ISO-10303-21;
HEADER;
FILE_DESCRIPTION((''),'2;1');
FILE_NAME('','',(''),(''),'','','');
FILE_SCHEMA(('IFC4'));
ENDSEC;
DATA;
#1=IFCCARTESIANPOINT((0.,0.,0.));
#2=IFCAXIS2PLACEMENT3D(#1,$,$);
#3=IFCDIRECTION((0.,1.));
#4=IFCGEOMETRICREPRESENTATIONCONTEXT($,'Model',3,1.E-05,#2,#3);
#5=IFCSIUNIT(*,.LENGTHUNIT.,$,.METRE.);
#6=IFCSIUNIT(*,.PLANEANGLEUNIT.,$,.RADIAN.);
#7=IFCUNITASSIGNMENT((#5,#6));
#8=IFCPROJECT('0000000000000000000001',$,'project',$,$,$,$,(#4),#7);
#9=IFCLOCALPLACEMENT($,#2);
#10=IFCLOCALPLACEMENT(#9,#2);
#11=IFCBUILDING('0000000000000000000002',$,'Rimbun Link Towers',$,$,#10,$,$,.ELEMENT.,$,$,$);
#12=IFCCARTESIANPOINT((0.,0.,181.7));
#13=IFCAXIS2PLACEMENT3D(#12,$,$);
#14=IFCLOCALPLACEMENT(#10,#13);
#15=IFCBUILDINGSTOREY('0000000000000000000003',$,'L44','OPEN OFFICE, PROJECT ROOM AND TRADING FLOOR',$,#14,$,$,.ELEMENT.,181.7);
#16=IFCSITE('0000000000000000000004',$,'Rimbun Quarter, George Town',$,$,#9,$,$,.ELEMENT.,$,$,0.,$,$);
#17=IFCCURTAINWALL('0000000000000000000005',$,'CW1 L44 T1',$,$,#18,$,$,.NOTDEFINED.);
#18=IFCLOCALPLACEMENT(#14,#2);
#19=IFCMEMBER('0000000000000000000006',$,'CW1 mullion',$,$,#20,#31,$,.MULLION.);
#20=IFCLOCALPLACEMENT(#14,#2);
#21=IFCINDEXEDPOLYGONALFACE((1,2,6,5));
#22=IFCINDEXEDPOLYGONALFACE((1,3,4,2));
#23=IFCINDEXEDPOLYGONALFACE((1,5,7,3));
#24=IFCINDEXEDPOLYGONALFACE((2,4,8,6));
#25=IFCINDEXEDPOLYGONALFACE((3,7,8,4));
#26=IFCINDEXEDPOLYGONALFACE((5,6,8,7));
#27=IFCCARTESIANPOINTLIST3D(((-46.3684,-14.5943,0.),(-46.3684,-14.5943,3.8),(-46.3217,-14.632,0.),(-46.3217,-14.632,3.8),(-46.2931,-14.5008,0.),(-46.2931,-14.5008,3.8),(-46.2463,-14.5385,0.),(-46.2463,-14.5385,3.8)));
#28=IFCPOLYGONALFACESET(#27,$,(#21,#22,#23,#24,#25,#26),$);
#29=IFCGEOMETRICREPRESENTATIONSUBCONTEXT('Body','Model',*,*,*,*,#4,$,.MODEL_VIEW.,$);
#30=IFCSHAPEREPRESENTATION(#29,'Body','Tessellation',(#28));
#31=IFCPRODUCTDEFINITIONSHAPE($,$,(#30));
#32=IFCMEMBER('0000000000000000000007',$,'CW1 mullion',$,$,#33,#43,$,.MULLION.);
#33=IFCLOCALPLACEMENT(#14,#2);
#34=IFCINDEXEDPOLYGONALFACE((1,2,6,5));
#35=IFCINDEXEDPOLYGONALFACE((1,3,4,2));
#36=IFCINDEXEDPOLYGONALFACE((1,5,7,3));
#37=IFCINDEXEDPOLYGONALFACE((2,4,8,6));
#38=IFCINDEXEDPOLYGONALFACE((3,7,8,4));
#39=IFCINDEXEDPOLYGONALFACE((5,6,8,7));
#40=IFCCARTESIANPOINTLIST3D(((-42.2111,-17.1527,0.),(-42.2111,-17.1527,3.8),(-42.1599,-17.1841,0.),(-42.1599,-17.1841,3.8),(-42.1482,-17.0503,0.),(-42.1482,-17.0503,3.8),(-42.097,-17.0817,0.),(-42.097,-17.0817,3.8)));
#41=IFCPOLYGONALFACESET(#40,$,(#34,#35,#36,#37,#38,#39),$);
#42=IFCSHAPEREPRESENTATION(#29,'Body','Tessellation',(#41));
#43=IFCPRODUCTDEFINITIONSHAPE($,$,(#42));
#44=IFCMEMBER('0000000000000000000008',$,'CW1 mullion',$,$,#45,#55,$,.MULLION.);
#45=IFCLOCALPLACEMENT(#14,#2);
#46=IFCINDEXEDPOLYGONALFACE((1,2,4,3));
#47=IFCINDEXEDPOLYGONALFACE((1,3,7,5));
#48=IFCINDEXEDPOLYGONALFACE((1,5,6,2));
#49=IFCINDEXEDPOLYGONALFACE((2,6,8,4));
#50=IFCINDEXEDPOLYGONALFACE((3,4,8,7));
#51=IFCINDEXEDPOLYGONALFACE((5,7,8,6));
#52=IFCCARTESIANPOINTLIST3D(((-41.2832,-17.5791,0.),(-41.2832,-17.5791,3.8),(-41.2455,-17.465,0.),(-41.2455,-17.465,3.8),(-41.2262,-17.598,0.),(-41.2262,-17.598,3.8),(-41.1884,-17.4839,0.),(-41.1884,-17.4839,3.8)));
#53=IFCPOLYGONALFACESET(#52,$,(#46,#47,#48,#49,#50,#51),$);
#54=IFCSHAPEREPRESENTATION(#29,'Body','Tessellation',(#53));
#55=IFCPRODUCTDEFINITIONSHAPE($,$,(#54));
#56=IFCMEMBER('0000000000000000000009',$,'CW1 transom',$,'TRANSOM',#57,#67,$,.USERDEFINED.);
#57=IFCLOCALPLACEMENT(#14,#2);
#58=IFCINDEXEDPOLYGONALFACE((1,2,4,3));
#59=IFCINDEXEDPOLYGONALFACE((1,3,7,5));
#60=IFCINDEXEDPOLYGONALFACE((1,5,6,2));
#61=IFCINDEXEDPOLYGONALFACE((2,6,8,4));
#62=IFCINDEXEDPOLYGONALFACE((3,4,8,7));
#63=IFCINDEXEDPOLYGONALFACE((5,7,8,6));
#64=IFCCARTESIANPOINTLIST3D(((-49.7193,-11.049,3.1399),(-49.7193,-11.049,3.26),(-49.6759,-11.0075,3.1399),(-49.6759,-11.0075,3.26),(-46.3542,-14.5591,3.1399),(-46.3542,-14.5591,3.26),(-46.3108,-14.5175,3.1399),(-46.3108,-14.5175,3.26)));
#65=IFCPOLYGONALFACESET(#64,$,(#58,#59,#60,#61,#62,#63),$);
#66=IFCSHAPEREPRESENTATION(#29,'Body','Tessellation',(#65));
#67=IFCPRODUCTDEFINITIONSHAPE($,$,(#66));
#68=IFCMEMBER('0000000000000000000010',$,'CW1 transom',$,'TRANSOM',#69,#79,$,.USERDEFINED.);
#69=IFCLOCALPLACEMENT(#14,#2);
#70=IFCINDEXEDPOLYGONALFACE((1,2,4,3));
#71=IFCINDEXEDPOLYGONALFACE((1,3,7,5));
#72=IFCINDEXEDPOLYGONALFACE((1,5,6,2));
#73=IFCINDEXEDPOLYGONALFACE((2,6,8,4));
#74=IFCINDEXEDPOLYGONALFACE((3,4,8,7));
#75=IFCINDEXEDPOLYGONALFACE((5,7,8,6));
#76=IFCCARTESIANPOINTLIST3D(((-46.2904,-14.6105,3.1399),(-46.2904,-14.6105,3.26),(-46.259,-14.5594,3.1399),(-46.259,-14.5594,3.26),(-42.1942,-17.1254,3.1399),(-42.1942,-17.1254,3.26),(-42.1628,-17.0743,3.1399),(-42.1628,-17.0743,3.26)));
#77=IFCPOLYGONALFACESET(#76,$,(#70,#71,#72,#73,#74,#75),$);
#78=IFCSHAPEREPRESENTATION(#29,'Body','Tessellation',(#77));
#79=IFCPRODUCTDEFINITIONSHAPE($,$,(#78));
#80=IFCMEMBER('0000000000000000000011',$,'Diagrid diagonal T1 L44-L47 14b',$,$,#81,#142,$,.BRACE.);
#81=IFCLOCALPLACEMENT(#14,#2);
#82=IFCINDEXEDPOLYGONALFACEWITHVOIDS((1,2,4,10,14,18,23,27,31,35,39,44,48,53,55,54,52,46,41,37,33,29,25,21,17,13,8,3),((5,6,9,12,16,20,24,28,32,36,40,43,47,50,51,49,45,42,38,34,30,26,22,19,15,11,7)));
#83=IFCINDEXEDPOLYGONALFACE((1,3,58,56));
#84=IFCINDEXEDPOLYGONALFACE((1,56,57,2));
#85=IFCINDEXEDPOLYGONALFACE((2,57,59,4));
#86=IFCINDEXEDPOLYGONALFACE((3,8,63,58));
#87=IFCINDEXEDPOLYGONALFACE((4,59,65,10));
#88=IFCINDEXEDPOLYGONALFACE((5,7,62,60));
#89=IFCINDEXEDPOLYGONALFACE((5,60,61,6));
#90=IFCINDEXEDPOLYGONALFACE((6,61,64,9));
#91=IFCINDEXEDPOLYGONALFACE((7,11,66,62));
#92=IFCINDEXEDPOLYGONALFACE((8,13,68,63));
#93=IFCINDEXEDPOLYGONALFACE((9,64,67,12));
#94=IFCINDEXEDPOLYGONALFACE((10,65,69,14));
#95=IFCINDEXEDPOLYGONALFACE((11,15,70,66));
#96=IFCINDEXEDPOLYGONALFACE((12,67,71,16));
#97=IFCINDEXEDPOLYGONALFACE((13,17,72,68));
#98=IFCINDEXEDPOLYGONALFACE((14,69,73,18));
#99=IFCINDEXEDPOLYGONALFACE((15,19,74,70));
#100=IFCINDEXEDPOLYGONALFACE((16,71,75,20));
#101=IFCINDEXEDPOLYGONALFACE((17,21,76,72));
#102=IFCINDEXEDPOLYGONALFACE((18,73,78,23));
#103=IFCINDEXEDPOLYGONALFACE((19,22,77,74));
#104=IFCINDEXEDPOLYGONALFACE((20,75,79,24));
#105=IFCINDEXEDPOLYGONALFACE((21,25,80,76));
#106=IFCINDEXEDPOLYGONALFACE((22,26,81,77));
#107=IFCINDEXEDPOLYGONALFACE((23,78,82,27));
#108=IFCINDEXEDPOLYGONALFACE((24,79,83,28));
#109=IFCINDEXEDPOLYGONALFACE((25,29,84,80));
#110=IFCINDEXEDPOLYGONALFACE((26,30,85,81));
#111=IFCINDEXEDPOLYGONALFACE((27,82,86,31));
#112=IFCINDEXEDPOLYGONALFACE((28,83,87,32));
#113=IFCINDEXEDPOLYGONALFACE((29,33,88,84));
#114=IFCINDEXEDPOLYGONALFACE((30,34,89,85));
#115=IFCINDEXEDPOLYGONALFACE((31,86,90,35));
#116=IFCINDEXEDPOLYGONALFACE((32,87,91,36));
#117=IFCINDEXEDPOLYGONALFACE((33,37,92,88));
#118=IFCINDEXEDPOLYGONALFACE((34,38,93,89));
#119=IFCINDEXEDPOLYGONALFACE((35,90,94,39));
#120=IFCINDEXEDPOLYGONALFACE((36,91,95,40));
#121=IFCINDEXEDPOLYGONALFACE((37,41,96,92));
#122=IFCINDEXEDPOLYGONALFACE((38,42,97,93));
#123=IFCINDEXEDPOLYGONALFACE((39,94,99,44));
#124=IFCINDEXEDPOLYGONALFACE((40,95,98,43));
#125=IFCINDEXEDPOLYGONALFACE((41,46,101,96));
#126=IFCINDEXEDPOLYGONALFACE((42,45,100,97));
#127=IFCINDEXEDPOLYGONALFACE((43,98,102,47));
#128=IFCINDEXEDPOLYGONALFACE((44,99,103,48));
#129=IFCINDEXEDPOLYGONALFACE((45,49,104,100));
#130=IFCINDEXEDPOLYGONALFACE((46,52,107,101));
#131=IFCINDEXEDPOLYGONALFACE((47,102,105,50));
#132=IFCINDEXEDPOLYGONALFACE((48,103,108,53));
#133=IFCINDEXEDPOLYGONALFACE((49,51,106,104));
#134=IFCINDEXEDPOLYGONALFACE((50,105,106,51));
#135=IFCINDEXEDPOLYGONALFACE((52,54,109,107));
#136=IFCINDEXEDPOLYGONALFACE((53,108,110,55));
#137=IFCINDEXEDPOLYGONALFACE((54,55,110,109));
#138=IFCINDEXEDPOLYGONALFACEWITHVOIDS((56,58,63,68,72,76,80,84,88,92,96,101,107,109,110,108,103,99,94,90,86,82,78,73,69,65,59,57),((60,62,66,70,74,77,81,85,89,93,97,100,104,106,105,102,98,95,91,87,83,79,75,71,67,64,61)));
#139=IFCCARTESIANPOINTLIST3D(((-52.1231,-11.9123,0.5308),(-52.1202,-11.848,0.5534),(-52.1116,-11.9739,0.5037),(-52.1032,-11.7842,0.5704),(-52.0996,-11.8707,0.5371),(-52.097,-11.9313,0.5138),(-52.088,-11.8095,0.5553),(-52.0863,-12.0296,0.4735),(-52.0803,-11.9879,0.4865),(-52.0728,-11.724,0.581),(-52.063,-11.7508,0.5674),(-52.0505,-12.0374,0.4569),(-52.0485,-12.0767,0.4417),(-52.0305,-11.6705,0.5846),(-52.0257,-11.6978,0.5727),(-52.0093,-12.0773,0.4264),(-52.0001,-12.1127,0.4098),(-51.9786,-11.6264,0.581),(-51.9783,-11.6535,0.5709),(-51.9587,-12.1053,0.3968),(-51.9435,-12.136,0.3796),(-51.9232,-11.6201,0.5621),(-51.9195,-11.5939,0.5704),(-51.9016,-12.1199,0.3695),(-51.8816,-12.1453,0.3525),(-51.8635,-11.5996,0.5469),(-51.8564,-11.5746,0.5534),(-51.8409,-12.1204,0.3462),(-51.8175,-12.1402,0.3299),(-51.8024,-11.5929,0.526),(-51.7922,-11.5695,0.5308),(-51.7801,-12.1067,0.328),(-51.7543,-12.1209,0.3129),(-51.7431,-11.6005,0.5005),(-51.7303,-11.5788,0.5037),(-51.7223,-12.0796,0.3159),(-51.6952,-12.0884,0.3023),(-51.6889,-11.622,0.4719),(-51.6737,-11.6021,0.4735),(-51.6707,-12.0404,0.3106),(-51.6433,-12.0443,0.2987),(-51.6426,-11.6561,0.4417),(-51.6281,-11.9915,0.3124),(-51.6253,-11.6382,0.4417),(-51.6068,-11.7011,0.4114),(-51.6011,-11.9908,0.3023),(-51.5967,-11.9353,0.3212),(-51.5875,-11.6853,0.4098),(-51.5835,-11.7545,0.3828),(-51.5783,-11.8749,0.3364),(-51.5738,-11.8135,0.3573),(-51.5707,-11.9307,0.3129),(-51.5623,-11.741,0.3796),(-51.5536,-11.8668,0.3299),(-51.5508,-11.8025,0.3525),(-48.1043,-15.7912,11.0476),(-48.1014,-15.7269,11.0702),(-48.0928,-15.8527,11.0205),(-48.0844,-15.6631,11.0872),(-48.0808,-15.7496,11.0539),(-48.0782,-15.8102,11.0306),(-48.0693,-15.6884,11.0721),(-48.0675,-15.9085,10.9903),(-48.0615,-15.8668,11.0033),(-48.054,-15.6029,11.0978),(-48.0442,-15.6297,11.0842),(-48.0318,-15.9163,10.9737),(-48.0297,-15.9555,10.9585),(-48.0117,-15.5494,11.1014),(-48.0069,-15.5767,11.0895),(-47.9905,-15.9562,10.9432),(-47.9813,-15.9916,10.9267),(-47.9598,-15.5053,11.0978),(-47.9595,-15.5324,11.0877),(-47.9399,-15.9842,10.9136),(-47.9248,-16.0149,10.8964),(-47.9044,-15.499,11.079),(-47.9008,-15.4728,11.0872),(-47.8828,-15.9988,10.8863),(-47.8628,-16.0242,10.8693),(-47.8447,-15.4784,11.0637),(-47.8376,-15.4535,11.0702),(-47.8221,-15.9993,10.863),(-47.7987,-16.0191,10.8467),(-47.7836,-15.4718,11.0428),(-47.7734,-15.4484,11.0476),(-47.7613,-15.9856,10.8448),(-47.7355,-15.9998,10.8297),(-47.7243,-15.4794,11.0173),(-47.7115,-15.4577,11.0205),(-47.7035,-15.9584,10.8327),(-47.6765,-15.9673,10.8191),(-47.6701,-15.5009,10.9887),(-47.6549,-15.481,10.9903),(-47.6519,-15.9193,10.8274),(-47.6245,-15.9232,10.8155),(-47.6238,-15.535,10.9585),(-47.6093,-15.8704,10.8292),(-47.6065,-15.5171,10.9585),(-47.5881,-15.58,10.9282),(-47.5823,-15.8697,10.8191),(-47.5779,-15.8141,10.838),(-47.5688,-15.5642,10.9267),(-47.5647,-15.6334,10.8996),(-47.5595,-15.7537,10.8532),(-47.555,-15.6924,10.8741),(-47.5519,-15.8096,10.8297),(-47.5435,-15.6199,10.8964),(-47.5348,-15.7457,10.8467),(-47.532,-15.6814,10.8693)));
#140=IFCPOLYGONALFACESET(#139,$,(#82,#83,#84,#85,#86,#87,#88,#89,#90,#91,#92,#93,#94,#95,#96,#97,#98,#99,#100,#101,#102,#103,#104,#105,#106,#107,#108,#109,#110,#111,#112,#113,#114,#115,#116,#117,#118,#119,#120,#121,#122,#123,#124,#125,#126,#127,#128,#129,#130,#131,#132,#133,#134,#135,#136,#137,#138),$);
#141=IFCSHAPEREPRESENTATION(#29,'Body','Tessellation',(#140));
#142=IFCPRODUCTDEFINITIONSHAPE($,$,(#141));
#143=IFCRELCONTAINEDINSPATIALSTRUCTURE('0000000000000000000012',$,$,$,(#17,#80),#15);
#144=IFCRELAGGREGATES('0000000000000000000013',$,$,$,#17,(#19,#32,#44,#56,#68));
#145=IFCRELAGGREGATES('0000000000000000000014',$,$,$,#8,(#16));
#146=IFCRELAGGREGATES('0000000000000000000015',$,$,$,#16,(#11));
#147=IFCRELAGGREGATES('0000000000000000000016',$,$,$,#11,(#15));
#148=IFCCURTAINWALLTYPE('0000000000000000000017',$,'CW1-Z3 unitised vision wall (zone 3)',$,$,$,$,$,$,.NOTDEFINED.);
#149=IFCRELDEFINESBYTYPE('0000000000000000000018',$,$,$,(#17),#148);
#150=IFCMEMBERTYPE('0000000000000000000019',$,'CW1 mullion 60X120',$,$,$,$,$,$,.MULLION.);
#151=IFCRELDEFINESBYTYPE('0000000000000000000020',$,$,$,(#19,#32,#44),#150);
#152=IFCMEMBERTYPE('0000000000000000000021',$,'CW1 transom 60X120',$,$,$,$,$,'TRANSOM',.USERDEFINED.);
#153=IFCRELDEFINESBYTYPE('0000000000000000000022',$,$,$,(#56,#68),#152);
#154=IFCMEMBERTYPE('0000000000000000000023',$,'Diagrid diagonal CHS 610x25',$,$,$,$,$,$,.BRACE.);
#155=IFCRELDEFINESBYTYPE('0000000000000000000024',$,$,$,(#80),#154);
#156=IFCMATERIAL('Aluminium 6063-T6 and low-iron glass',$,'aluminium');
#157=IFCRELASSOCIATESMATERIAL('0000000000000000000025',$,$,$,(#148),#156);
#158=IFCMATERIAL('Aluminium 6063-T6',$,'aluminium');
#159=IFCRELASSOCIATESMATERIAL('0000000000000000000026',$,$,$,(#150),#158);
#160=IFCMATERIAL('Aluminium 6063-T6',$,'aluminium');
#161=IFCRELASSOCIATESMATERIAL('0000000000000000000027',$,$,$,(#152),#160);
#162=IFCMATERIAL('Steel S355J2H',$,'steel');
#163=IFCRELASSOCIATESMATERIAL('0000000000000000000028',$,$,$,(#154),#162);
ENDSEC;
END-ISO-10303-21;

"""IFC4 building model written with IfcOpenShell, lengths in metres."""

from ifc_helpers import new_model, si_unit, direction, frame, origin, origin_2d, place, context, subcontext, project, spatial, rectangle, hollow_circle, extrude, material, material_profile, profile_set, type_object, element, aggregate, save


model = new_model("IFC4")

# Units and contexts
model_context = context("Model", 3, precision=1e-05, world=origin(), true_north=direction((0.0, 1.0)))
body_context = subcontext(model_context, "Body", "Model", "MODEL_VIEW")
ifc_project = project(units=[si_unit("LENGTHUNIT", "METRE"), si_unit("PLANEANGLEUNIT", "RADIAN")], contexts=[model_context])

# Site, building, storey
site_placement = place(None, origin())
site = spatial("IfcSite", under=ifc_project, at=site_placement, Name="Rimbun Quarter, George Town", CompositionType="ELEMENT", RefElevation=0.0)
building_placement = place(site_placement, origin())
building = spatial("IfcBuilding", under=site, at=building_placement, Name="Rimbun Link Towers", CompositionType="ELEMENT")
storey_placement = place(building_placement, frame((0.0, 0.0, 181.7)))
storey = spatial("IfcBuildingStorey", under=building, at=storey_placement, Name="L44", Description="OPEN OFFICE, PROJECT ROOM AND TRADING FLOOR", CompositionType="ELEMENT", Elevation=181.7)

# Curtain wall, members
ifc_material_1 = material(Name="Aluminium 6063-T6 and low-iron glass", Category="aluminium")
curtain_wall_type = type_object("IfcCurtainWallType", Name="CW1-Z3 unitised vision wall (zone 3)", PredefinedType="NOTDEFINED", material=ifc_material_1)
curtain_wall_placement = place(storey_placement, origin())
curtain_wall = element("IfcCurtainWall", 1, at=curtain_wall_placement, inside=storey, type_object=curtain_wall_type, Name="CW1 L44 T1", PredefinedType="NOTDEFINED")
ifc_material_2 = material(Name="Aluminium 6063-T6", Category="aluminium")
ifc_material_profile_1 = material_profile(ifc_material_2, rectangle(XDim=0.1201, YDim=0.0601, at=origin_2d()), Name="MULLION 60X120")
ifc_profile_set_1 = profile_set([ifc_material_profile_1], Name="Aluminium 6063-T6")
member_type_1 = type_object("IfcMemberType", Name="CW1 mullion 60X120", PredefinedType="MULLION", material=ifc_profile_set_1)
member_1_placement = place(storey_placement, frame((-46.3074, -14.5664, 0.0), z_axis=(0.0, 0.0, 1.0), x_axis=(-0.627666, -0.778483, 0.0)))
member_1 = element("IfcMember", 2, at=member_1_placement, type_object=member_type_1, Name="CW1 mullion", PredefinedType="MULLION", context=body_context, shape_type="SweptSolid", body=[
    extrude(rectangle(XDim=0.1201, YDim=0.0601, at=origin_2d()), origin(), (0.0, 0.0, 1.0), 3.8),
])
member_2_placement = place(storey_placement, frame((-42.1541, -17.1172, 0.0), z_axis=(0.0, 0.0, 1.0), x_axis=(-0.523235, -0.852189, 0.0)))
member_2 = element("IfcMember", 3, at=member_2_placement, type_object=member_type_1, Name="CW1 mullion", PredefinedType="MULLION", context=body_context, shape_type="SweptSolid", body=[
    extrude(rectangle(XDim=0.1201, YDim=0.0601, at=origin_2d()), origin(), (0.0, 0.0, 1.0), 3.8),
])
member_3_placement = place(storey_placement, frame((-41.2358, -17.5315, 0.0), z_axis=(0.0, 0.0, 1.0), x_axis=(-0.314565, -0.949236, 0.0)))
member_3 = element("IfcMember", 4, at=member_3_placement, type_object=member_type_1, Name="CW1 mullion", PredefinedType="MULLION", context=body_context, shape_type="SweptSolid", body=[
    extrude(rectangle(XDim=0.1201, YDim=0.0601, at=origin_2d()), origin(), (0.0, 0.0, 1.0), 3.8),
])
ifc_material_3 = material(Name="Aluminium 6063-T6", Category="aluminium")
ifc_material_profile_2 = material_profile(ifc_material_3, rectangle(XDim=0.0601, YDim=0.1201, at=origin_2d()), Name="TRANSOM 60X120")
ifc_profile_set_2 = profile_set([ifc_material_profile_2], Name="Aluminium 6063-T6")
member_type_2 = type_object("IfcMemberType", Name="CW1 transom 60X120", ElementType="TRANSOM", PredefinedType="USERDEFINED", material=ifc_profile_set_2)
member_4_placement = place(storey_placement, frame((-46.3325, -14.5383, 3.2), z_axis=(-0.692037, 0.721862, 0.0), x_axis=(-0.721862, -0.692037, 0.0)))
member_4 = element("IfcMember", 5, at=member_4_placement, type_object=member_type_2, Name="CW1 transom", ObjectType="TRANSOM", PredefinedType="USERDEFINED", context=body_context, shape_type="SweptSolid", body=[
    extrude(rectangle(XDim=0.0601, YDim=0.1201, at=origin_2d()), origin(), (0.0, 0.0, 1.0), 4.8625),
])
member_5_placement = place(storey_placement, frame((-42.1785, -17.0999, 3.2), z_axis=(-0.8522, 0.523216, 0.0), x_axis=(-0.523216, -0.8522, 0.0)))
member_5 = element("IfcMember", 6, at=member_5_placement, type_object=member_type_2, Name="CW1 transom", ObjectType="TRANSOM", PredefinedType="USERDEFINED", context=body_context, shape_type="SweptSolid", body=[
    extrude(rectangle(XDim=0.0601, YDim=0.1201, at=origin_2d()), origin(), (0.0, 0.0, 1.0), 4.8066),
])

# Member
ifc_material_4 = material(Name="Steel S355J2H", Category="steel")
ifc_material_profile_3 = material_profile(ifc_material_4, hollow_circle(Radius=0.3047, WallThickness=0.0249, at=origin_2d()), Name="Diagrid diagonal CHS 610x25")
ifc_profile_set_3 = profile_set([ifc_material_profile_3], Name="Steel S355J2H")
member_type_3 = type_object("IfcMemberType", Name="Diagrid diagonal CHS 610x25", PredefinedType="BRACE", material=ifc_profile_set_3)
member_6_placement = place(storey_placement, frame((-51.8369, -11.8574, 0.4417), z_axis=(0.337487, -0.325739, 0.883174), x_axis=(0.694473, 0.719519, 0.0)))
element("IfcMember", 7, at=member_6_placement, inside=storey, type_object=member_type_3, Name="Diagrid diagonal T1 L44-L47 14b", PredefinedType="BRACE", context=body_context, shape_type="SweptSolid", body=[
    extrude(hollow_circle(Radius=0.3047, WallThickness=0.0249, at=origin_2d()), origin(), (0.0, 0.0, 1.0), 11.908),
])

aggregate(curtain_wall, [member_1, member_2, member_3, member_4, member_5])

save(model, "model.ifc")
